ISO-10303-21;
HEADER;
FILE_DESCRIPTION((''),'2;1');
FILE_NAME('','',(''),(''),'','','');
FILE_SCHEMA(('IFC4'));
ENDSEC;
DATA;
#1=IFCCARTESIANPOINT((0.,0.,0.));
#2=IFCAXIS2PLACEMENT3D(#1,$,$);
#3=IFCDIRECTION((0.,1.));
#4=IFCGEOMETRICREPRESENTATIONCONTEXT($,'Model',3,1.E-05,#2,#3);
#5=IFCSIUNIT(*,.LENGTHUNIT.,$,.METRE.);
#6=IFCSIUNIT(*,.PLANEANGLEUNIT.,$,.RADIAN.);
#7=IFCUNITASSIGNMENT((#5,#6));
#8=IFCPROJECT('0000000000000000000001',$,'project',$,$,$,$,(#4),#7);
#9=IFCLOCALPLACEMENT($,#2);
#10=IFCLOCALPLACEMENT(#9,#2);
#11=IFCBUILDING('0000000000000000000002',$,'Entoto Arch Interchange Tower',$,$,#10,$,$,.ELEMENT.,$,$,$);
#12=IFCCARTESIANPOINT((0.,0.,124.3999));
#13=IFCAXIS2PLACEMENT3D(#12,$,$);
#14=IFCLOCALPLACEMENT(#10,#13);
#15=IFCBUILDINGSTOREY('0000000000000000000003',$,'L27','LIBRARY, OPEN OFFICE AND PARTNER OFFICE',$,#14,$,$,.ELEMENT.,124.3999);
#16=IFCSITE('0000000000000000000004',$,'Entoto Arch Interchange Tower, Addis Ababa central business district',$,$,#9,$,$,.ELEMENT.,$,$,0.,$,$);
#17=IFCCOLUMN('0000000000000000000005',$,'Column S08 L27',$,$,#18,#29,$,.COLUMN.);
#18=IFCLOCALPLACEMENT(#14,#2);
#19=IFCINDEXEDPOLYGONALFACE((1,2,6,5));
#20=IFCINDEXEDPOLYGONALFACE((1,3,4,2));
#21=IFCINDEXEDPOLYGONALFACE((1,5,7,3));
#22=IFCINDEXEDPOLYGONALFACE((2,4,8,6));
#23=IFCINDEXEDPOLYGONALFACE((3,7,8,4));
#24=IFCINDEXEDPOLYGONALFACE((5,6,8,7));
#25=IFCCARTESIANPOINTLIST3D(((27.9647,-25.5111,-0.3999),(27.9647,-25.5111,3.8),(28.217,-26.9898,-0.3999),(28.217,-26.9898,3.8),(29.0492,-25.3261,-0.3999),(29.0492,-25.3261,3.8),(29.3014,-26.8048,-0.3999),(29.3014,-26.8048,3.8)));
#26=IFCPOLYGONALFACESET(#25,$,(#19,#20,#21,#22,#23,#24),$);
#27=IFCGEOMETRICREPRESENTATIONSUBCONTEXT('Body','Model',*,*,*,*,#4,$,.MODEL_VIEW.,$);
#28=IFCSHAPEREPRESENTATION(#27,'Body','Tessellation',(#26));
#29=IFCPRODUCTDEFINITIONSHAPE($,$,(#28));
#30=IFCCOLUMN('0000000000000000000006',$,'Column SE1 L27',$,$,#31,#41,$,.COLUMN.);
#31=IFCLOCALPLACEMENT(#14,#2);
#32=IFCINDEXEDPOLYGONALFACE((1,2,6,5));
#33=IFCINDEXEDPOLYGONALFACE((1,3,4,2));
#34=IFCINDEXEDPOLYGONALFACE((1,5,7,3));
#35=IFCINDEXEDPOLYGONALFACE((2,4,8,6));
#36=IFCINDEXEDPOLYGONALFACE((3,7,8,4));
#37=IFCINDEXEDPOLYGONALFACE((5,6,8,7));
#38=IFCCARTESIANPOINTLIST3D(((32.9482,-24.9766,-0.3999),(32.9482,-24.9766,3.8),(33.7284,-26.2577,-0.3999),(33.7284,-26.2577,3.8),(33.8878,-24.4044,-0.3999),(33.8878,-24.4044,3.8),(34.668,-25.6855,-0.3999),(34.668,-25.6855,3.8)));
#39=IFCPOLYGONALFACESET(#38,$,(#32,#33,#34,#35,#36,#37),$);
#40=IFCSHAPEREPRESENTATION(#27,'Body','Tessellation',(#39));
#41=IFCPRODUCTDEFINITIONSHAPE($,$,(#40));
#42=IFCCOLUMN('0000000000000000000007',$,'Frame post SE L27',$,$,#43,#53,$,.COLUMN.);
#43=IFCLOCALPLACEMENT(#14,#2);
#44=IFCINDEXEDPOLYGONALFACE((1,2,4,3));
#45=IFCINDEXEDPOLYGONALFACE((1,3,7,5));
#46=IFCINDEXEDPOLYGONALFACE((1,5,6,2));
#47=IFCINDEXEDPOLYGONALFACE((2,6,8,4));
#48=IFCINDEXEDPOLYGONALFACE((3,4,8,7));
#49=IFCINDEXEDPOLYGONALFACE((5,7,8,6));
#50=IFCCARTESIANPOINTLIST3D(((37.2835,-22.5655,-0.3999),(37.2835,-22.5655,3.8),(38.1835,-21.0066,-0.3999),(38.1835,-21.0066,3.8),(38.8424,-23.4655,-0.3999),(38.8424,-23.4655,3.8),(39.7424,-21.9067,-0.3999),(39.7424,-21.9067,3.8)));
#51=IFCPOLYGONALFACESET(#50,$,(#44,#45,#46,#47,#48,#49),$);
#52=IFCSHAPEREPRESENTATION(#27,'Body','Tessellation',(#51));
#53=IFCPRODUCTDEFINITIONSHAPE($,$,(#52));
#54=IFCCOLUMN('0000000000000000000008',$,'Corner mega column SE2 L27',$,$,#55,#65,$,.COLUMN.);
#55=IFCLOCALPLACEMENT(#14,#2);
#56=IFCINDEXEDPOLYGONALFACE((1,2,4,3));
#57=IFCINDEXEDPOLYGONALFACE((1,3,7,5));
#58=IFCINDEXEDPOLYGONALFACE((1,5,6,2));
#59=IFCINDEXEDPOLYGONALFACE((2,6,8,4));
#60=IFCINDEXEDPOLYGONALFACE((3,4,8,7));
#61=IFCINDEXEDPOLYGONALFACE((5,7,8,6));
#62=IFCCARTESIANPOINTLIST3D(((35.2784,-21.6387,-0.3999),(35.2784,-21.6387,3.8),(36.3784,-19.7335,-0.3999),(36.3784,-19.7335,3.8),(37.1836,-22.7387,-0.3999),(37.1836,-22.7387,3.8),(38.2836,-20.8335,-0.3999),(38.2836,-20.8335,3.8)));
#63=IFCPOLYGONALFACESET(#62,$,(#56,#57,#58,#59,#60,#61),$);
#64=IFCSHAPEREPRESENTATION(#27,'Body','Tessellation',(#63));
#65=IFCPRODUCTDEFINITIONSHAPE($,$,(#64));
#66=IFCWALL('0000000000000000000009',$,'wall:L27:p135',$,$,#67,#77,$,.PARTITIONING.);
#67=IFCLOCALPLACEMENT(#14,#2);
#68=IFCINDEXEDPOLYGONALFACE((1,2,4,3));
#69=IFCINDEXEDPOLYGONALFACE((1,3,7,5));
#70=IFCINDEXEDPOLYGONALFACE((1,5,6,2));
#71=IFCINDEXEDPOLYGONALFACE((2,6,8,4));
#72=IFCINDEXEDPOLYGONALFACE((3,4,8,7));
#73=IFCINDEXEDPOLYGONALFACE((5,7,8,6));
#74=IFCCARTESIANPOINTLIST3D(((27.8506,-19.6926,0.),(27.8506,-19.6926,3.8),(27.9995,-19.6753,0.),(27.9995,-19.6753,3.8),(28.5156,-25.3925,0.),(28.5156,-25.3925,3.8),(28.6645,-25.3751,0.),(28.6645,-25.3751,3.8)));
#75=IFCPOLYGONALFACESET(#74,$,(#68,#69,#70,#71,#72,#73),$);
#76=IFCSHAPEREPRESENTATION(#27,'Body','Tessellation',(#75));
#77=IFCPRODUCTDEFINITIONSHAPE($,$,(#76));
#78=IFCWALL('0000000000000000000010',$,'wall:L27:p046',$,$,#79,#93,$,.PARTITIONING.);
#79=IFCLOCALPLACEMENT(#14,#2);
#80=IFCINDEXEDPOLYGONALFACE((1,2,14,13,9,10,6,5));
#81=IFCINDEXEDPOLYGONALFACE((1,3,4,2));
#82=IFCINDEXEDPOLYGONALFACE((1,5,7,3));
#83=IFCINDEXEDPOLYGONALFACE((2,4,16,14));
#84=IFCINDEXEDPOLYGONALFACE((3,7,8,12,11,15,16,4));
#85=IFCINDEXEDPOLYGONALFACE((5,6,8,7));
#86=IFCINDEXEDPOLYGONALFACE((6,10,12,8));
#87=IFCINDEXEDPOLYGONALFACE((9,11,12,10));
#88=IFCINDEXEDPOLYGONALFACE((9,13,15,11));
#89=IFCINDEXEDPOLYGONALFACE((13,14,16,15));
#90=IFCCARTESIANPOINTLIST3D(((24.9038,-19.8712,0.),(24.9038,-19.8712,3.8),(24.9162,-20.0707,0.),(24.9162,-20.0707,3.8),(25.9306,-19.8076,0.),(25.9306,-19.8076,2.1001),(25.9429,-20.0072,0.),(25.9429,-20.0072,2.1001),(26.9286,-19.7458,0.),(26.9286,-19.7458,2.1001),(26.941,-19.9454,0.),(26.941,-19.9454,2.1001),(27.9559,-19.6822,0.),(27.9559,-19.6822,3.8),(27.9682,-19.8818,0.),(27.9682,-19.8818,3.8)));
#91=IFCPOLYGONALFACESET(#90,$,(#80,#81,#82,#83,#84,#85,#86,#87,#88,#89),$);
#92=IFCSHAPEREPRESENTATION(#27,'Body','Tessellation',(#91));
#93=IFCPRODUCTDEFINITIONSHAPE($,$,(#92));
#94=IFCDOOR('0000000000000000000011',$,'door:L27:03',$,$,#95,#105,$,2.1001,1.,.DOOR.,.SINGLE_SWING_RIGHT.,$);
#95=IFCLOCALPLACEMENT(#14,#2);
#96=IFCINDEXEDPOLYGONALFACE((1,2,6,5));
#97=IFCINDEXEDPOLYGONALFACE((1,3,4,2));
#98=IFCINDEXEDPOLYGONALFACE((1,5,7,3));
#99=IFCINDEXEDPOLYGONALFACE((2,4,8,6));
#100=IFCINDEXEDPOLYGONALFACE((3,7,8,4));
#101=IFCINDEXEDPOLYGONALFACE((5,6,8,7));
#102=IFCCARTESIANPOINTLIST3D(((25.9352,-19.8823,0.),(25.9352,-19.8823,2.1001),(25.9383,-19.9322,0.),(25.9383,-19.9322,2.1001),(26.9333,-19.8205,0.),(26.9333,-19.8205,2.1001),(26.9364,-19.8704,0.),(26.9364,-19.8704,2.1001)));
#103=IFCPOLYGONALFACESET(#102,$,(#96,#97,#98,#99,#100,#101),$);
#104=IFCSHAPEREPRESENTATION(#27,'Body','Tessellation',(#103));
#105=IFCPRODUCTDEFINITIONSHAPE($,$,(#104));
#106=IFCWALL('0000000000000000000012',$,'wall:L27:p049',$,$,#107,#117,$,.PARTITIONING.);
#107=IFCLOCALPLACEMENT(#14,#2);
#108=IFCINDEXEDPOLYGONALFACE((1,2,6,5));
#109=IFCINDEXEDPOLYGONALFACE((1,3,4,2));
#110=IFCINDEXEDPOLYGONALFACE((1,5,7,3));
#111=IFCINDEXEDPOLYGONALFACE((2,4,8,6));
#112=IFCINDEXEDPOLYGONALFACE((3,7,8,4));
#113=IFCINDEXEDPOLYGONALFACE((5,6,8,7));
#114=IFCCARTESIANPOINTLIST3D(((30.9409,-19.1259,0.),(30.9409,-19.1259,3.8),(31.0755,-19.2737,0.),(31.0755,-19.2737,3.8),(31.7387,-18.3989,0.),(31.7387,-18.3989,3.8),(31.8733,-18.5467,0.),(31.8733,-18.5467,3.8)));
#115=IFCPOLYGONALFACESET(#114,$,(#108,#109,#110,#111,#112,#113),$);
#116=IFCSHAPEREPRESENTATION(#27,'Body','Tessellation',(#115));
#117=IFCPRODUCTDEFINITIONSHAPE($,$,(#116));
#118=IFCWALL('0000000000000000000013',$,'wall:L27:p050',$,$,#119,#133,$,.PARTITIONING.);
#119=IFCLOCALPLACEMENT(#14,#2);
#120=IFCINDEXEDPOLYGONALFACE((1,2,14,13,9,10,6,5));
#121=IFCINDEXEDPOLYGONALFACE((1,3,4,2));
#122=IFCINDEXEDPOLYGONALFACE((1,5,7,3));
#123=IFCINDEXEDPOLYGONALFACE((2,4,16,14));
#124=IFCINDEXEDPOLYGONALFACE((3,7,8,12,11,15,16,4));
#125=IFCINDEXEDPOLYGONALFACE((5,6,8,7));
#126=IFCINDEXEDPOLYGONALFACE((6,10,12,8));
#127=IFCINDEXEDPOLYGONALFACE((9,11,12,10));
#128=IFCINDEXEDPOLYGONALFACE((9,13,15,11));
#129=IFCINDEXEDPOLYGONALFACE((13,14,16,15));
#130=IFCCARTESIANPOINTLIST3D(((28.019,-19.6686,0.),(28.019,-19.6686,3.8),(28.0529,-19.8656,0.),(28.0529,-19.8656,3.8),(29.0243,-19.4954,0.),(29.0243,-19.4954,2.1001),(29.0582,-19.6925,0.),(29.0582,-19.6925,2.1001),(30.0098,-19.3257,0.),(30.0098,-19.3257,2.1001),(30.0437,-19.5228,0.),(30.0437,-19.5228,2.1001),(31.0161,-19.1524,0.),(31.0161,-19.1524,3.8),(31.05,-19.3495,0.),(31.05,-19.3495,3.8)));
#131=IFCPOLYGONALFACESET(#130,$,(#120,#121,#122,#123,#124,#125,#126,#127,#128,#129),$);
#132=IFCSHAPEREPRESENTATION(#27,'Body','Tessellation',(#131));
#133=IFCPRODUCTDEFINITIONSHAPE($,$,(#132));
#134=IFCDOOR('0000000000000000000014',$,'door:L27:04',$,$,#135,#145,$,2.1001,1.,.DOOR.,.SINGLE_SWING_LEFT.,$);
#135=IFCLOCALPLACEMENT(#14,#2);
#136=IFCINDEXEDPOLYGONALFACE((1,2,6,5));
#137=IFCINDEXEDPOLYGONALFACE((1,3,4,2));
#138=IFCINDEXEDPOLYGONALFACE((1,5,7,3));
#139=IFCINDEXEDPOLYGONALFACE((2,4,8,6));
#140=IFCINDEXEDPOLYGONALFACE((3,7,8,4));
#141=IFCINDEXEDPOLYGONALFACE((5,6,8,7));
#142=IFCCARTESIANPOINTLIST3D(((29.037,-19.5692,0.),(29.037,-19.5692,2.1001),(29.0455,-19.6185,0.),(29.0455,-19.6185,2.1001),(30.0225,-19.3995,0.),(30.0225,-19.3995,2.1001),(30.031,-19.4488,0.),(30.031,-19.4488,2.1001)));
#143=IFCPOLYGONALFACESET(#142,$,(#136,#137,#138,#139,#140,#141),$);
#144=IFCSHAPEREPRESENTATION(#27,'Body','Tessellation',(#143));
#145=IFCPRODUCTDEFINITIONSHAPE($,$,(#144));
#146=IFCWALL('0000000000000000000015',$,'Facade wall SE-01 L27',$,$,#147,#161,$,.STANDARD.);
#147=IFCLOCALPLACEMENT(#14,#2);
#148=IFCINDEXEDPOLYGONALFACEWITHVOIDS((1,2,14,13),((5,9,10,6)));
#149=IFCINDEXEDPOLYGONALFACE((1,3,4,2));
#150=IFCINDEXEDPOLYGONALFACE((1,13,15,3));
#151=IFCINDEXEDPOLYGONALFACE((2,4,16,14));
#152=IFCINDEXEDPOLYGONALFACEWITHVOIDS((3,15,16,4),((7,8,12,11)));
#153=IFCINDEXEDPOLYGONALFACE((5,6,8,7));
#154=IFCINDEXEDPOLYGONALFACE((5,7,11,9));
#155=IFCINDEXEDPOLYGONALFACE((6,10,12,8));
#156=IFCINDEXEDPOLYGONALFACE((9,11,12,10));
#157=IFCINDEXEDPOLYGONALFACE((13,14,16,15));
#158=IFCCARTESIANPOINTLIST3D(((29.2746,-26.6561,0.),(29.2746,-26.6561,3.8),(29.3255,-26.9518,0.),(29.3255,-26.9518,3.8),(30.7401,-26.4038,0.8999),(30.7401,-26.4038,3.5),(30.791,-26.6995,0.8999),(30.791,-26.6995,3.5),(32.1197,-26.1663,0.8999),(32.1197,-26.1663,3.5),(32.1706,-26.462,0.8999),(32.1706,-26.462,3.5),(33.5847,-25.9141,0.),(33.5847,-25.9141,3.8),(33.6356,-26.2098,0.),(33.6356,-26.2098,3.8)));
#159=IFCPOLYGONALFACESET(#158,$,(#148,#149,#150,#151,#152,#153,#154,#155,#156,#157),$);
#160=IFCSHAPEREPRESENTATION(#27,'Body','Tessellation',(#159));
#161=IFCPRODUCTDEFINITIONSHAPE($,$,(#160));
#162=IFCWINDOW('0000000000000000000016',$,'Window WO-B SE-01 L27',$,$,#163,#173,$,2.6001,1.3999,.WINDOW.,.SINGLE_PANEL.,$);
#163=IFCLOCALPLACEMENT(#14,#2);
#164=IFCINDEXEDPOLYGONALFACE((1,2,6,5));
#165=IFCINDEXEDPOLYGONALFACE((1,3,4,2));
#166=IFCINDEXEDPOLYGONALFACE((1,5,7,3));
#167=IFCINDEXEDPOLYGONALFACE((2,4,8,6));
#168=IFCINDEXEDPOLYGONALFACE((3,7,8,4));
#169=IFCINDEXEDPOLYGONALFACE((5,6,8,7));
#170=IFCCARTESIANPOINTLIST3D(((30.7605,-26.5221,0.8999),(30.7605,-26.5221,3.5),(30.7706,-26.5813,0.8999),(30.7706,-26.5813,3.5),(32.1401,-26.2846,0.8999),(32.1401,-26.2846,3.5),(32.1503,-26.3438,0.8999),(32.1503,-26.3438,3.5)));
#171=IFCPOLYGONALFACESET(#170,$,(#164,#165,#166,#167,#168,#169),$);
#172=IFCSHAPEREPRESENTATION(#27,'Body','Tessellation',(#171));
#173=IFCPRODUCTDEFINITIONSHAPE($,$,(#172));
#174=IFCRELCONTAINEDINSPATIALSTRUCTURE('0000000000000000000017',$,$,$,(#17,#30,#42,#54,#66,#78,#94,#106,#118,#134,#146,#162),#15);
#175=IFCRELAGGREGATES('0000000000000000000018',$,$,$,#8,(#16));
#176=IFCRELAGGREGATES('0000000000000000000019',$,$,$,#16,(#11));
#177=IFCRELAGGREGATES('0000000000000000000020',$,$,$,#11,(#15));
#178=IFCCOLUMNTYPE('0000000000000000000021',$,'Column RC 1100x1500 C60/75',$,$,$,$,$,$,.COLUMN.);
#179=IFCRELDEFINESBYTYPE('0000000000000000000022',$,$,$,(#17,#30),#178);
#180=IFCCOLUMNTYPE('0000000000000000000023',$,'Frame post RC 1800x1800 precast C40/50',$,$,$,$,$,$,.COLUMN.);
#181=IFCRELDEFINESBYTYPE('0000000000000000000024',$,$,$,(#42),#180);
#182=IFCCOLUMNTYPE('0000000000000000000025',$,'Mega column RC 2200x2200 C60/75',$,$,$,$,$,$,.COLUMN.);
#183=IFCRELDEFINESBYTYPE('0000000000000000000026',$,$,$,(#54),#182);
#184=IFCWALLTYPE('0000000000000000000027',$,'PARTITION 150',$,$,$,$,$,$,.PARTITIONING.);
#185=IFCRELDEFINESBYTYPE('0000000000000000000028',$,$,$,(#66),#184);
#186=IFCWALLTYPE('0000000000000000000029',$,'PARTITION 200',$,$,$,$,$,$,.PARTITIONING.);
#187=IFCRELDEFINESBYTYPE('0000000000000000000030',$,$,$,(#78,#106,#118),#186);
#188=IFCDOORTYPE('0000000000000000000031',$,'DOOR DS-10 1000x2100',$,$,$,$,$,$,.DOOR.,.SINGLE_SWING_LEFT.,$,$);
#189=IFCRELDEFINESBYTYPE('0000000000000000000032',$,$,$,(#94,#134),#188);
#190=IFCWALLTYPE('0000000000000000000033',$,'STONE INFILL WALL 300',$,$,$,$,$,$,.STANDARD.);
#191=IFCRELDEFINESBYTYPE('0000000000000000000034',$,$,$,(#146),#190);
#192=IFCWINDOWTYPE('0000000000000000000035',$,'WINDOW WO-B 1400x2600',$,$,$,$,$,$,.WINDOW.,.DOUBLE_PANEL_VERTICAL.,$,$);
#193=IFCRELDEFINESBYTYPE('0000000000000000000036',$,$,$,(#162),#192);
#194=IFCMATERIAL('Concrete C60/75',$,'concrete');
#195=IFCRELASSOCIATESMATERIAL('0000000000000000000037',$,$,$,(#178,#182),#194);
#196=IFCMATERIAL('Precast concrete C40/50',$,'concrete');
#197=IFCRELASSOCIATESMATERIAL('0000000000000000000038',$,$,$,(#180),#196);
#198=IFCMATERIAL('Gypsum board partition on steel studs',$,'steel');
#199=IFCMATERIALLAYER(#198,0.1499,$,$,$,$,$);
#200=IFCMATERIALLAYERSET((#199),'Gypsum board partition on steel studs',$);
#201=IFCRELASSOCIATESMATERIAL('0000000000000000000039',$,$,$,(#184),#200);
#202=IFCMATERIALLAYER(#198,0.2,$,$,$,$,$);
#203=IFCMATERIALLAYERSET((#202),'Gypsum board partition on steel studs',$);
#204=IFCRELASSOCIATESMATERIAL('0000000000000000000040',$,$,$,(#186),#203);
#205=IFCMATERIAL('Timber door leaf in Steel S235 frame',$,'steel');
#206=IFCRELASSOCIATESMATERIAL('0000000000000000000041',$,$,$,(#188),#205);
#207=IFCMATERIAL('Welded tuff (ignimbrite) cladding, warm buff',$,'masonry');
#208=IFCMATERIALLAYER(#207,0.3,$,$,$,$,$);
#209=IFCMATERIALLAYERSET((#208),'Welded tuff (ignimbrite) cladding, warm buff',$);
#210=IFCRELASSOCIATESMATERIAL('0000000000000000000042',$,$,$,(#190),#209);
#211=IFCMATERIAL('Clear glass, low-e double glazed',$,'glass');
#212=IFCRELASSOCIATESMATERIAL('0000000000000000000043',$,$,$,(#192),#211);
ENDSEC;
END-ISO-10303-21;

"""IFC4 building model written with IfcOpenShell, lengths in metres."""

from ifc_helpers import new_model, si_unit, direction, frame, frame_2d, origin, origin_2d, place, context, subcontext, project, spatial, rectangle, extrude, material, layer, layer_set, material_profile, profile_set, type_object, element, fill, save


model = new_model("IFC4")

# Units and contexts
model_context = context("Model", 3, precision=1e-05, world=origin(), true_north=direction((0.0, 1.0)))
body_context = subcontext(model_context, "Body", "Model", "MODEL_VIEW")
ifc_project = project(units=[si_unit("LENGTHUNIT", "METRE"), si_unit("PLANEANGLEUNIT", "RADIAN")], contexts=[model_context])

# Site, building, storey
site_placement = place(None, origin())
site = spatial("IfcSite", under=ifc_project, at=site_placement, Name="Entoto Arch Interchange Tower, Addis Ababa central business district", CompositionType="ELEMENT", RefElevation=0.0)
building_placement = place(site_placement, origin())
building = spatial("IfcBuilding", under=site, at=building_placement, Name="Entoto Arch Interchange Tower", CompositionType="ELEMENT")
storey_placement = place(building_placement, frame((0.0, 0.0, 124.3999)))
storey = spatial("IfcBuildingStorey", under=building, at=storey_placement, Name="L27", Description="LIBRARY, OPEN OFFICE AND PARTNER OFFICE", CompositionType="ELEMENT", Elevation=124.3999)

# Columns
ifc_material_1 = material(Name="Concrete C60/75", Category="concrete")
ifc_material_profile_1 = material_profile(ifc_material_1, rectangle(XDim=1.1001, YDim=1.5, at=origin_2d()))
ifc_profile_set_1 = profile_set([ifc_material_profile_1], Name="Concrete C60/75")
column_type_1 = type_object("IfcColumnType", Name="Column RC 1100x1500 C60/75", PredefinedType="COLUMN", material=ifc_profile_set_1)
for number, where, z_axis, x_axis, name in (
    (1, (28.6331, -26.158, -0.3999), (0.0, 0.0, 1.0), (0.985759, 0.168162, 0.0), "Column S08 L27"),
    (2, (33.8081, -25.3311, -0.3999), (0.0, 0.0, 1.0), (0.854096, 0.520116, 0.0), "Column SE1 L27"),
):
    element("IfcColumn", number, at=place(storey_placement, frame(where, z_axis=z_axis, x_axis=x_axis)), inside=storey, type_object=column_type_1, Name=name, PredefinedType="COLUMN", context=body_context, shape_type="SweptSolid", body=[
        extrude(rectangle(XDim=1.1001, YDim=1.5, at=origin_2d()), origin(), (0.0, 0.0, 1.0), 4.2),
    ])
ifc_material_2 = material(Name="Precast concrete C40/50", Category="concrete")
ifc_material_profile_2 = material_profile(ifc_material_2, rectangle(XDim=1.8, YDim=1.8, at=origin_2d()))
ifc_profile_set_2 = profile_set([ifc_material_profile_2], Name="Precast concrete C40/50")
column_type_2 = type_object("IfcColumnType", Name="Frame post RC 1800x1800 precast C40/50", PredefinedType="COLUMN", material=ifc_profile_set_2)
column_1_placement = place(storey_placement, frame((38.5129, -22.2361, -0.3999), z_axis=(0.0, 0.0, 1.0), x_axis=(-0.866025, 0.5, 0.0)))
element("IfcColumn", 3, at=column_1_placement, inside=storey, type_object=column_type_2, Name="Frame post SE L27", PredefinedType="COLUMN", context=body_context, shape_type="SweptSolid", body=[
    extrude(rectangle(XDim=1.8, YDim=1.8, at=origin_2d()), origin(), (0.0, 0.0, 1.0), 4.2),
])
ifc_material_profile_3 = material_profile(ifc_material_1, rectangle(XDim=2.2, YDim=2.2, at=origin_2d()))
ifc_profile_set_3 = profile_set([ifc_material_profile_3], Name="Concrete C60/75")
column_type_3 = type_object("IfcColumnType", Name="Mega column RC 2200x2200 C60/75", PredefinedType="COLUMN", material=ifc_profile_set_3)
column_2_placement = place(storey_placement, frame((36.781, -21.2361, -0.3999), z_axis=(0.0, 0.0, 1.0), x_axis=(-0.866025, 0.5, 0.0)))
element("IfcColumn", 4, at=column_2_placement, inside=storey, type_object=column_type_3, Name="Corner mega column SE2 L27", PredefinedType="COLUMN", context=body_context, shape_type="SweptSolid", body=[
    extrude(rectangle(XDim=2.2, YDim=2.2, at=origin_2d()), origin(), (0.0, 0.0, 1.0), 4.2),
])

# Wall
ifc_material_3 = material(Name="Gypsum board partition on steel studs", Category="steel")
ifc_layer_1 = layer(ifc_material_3, 0.1499)
ifc_layer_set_1 = layer_set([ifc_layer_1], Name="Gypsum board partition on steel studs")
wall_type_1 = type_object("IfcWallType", Name="PARTITION 150", PredefinedType="PARTITIONING", material=ifc_layer_set_1)
wall_1_placement = place(storey_placement, frame((27.925, -19.6841, 0.0), z_axis=(0.0, 0.0, 1.0), x_axis=(0.115888, -0.993262, 0.0)))
element("IfcWall", 5, at=wall_1_placement, inside=storey, type_object=wall_type_1, Name="wall:L27:p135", PredefinedType="PARTITIONING", context=body_context, shape_type="SweptSolid", body=[
    extrude(rectangle(XDim=5.7385, YDim=0.1499, at=frame_2d((2.8691, 0.0))), origin(), (0.0, 0.0, 1.0), 3.8),
])

# Wall, opening, door
ifc_layer_2 = layer(ifc_material_3, 0.2)
ifc_layer_set_2 = layer_set([ifc_layer_2], Name="Gypsum board partition on steel studs")
wall_type_2 = type_object("IfcWallType", Name="PARTITION 200", PredefinedType="PARTITIONING", material=ifc_layer_set_2)
wall_2_placement = place(storey_placement, frame((27.9619, -19.782, 0.0), z_axis=(0.0, 0.0, 1.0), x_axis=(-0.998089, -0.061797, 0.0)))
wall_2 = element("IfcWall", 6, at=wall_2_placement, inside=storey, type_object=wall_type_2, Name="wall:L27:p046", PredefinedType="PARTITIONING", context=body_context, shape_type="SweptSolid", body=[
    extrude(rectangle(XDim=3.0579, YDim=0.2, at=frame_2d((1.5288, 0.0))), origin(), (0.0, 0.0, 1.0), 3.8),
])
opening_1_placement = place(wall_2_placement, frame((1.0291, 0.0, 0.0)))
opening_1 = element("IfcOpeningElement", 7, at=opening_1_placement, cuts=wall_2, PredefinedType="OPENING", context=body_context, shape_type="SweptSolid", body=[
    extrude(rectangle(XDim=1.0, YDim=2.1001, at=frame_2d((0.5, 1.05))), frame((0.0, 0.1099, 0.0), z_axis=(0.0, -1.0, 0.0), x_axis=(1.0, 0.0, 0.0)), (0.0, 0.0, 1.0), 0.22),
])
ifc_material_4 = material(Name="Timber door leaf in Steel S235 frame", Category="steel")
door_type = type_object("IfcDoorType", Name="DOOR DS-10 1000x2100", OperationType="SINGLE_SWING_LEFT", PredefinedType="DOOR", material=ifc_material_4)
door_1_placement = place(opening_1_placement, origin())
door_1 = element("IfcDoor", 8, at=door_1_placement, inside=storey, type_object=door_type, Name="door:L27:03", OperationType="SINGLE_SWING_RIGHT", OverallHeight=2.1001, OverallWidth=1.0, PredefinedType="DOOR", context=body_context, shape_type="SweptSolid", body=[
    extrude(rectangle(XDim=1.0, YDim=2.1001, at=frame_2d((0.5, 1.05))), frame((0.0, 0.0249, 0.0), z_axis=(0.0, -1.0, 0.0), x_axis=(1.0, 0.0, 0.0)), (0.0, 0.0, 1.0), 0.05),
])
fill(opening_1, door_1)

# Wall
wall_3_placement = place(storey_placement, frame((31.8059, -18.4729, 0.0), z_axis=(0.0, 0.0, 1.0), x_axis=(-0.739141, -0.67355, 0.0)))
element("IfcWall", 9, at=wall_3_placement, inside=storey, type_object=wall_type_2, Name="wall:L27:p049", PredefinedType="PARTITIONING", context=body_context, shape_type="SweptSolid", body=[
    extrude(rectangle(XDim=1.0793, YDim=0.2, at=frame_2d((0.5396, 0.0))), origin(), (0.0, 0.0, 1.0), 3.8),
])

# Wall, opening, door
wall_4_placement = place(storey_placement, frame((31.033, -19.251, 0.0), z_axis=(0.0, 0.0, 1.0), x_axis=(-0.985494, -0.169708, 0.0)))
wall_4 = element("IfcWall", 10, at=wall_4_placement, inside=storey, type_object=wall_type_2, Name="wall:L27:p050", PredefinedType="PARTITIONING", context=body_context, shape_type="SweptSolid", body=[
    extrude(rectangle(XDim=3.0413, YDim=0.2, at=frame_2d((1.5205, 0.0))), origin(), (0.0, 0.0, 1.0), 3.8),
])
opening_2_placement = place(wall_4_placement, frame((1.021, 0.0, 0.0)))
opening_2 = element("IfcOpeningElement", 11, at=opening_2_placement, cuts=wall_4, PredefinedType="OPENING", context=body_context, shape_type="SweptSolid", body=[
    extrude(rectangle(XDim=1.0, YDim=2.1001, at=frame_2d((0.5, 1.05))), frame((0.0, 0.1099, 0.0), z_axis=(0.0, -1.0, 0.0), x_axis=(1.0, 0.0, 0.0)), (0.0, 0.0, 1.0), 0.22),
])
door_2_placement = place(opening_2_placement, origin())
door_2 = element("IfcDoor", 12, at=door_2_placement, inside=storey, type_object=door_type, Name="door:L27:04", OperationType="SINGLE_SWING_LEFT", OverallHeight=2.1001, OverallWidth=1.0, PredefinedType="DOOR", context=body_context, shape_type="SweptSolid", body=[
    extrude(rectangle(XDim=1.0, YDim=2.1001, at=frame_2d((0.5, 1.05))), frame((0.0, 0.0249, 0.0), z_axis=(0.0, -1.0, 0.0), x_axis=(1.0, 0.0, 0.0)), (0.0, 0.0, 1.0), 0.05),
])
fill(opening_2, door_2)

# Wall, opening, window
ifc_material_5 = material(Name="Welded tuff (ignimbrite) cladding, warm buff", Category="masonry")
ifc_layer_3 = layer(ifc_material_5, 0.3)
ifc_layer_set_3 = layer_set([ifc_layer_3], Name="Welded tuff (ignimbrite) cladding, warm buff")
wall_type_3 = type_object("IfcWallType", Name="STONE INFILL WALL 300", PredefinedType="STANDARD", material=ifc_layer_set_3)
wall_5_placement = place(storey_placement, frame((29.3, -26.804, 0.0), z_axis=(0.0, 0.0, 1.0), x_axis=(0.985505, 0.169647, 0.0)))
wall_5 = element("IfcWall", 13, at=wall_5_placement, inside=storey, type_object=wall_type_3, Name="Facade wall SE-01 L27", PredefinedType="STANDARD", context=body_context, shape_type="SweptSolid", body=[
    extrude(rectangle(XDim=4.3735, YDim=0.3, at=frame_2d((2.1868, 0.0))), origin(), (0.0, 0.0, 1.0), 3.8),
])
opening_3_placement = place(wall_5_placement, frame((1.4871, 0.0, 0.8999)))
opening_3 = element("IfcOpeningElement", 14, at=opening_3_placement, cuts=wall_5, PredefinedType="OPENING", context=body_context, shape_type="SweptSolid", body=[
    extrude(rectangle(XDim=1.3999, YDim=2.6001, at=frame_2d((0.7, 1.3))), frame((0.0, 0.1602, 0.0), z_axis=(0.0, -1.0, 0.0), x_axis=(1.0, 0.0, 0.0)), (0.0, 0.0, 1.0), 0.3201),
])
ifc_material_6 = material(Name="Clear glass, low-e double glazed", Category="glass")
window_type = type_object("IfcWindowType", Name="WINDOW WO-B 1400x2600", PartitioningType="DOUBLE_PANEL_VERTICAL", PredefinedType="WINDOW", material=ifc_material_6)
window_1_placement = place(opening_3_placement, origin())
window_1 = element("IfcWindow", 15, at=window_1_placement, inside=storey, type_object=window_type, Name="Window WO-B SE-01 L27", OverallHeight=2.6001, OverallWidth=1.3999, PartitioningType="SINGLE_PANEL", PredefinedType="WINDOW", context=body_context, shape_type="SweptSolid", body=[
    extrude(rectangle(XDim=1.3999, YDim=2.6001, at=frame_2d((0.7, 1.3))), frame((0.0, 0.03, 0.0), z_axis=(0.0, -1.0, 0.0), x_axis=(1.0, 0.0, 0.0)), (0.0, 0.0, 1.0), 0.0601),
])
fill(opening_3, window_1)

save(model, "model.ifc")
